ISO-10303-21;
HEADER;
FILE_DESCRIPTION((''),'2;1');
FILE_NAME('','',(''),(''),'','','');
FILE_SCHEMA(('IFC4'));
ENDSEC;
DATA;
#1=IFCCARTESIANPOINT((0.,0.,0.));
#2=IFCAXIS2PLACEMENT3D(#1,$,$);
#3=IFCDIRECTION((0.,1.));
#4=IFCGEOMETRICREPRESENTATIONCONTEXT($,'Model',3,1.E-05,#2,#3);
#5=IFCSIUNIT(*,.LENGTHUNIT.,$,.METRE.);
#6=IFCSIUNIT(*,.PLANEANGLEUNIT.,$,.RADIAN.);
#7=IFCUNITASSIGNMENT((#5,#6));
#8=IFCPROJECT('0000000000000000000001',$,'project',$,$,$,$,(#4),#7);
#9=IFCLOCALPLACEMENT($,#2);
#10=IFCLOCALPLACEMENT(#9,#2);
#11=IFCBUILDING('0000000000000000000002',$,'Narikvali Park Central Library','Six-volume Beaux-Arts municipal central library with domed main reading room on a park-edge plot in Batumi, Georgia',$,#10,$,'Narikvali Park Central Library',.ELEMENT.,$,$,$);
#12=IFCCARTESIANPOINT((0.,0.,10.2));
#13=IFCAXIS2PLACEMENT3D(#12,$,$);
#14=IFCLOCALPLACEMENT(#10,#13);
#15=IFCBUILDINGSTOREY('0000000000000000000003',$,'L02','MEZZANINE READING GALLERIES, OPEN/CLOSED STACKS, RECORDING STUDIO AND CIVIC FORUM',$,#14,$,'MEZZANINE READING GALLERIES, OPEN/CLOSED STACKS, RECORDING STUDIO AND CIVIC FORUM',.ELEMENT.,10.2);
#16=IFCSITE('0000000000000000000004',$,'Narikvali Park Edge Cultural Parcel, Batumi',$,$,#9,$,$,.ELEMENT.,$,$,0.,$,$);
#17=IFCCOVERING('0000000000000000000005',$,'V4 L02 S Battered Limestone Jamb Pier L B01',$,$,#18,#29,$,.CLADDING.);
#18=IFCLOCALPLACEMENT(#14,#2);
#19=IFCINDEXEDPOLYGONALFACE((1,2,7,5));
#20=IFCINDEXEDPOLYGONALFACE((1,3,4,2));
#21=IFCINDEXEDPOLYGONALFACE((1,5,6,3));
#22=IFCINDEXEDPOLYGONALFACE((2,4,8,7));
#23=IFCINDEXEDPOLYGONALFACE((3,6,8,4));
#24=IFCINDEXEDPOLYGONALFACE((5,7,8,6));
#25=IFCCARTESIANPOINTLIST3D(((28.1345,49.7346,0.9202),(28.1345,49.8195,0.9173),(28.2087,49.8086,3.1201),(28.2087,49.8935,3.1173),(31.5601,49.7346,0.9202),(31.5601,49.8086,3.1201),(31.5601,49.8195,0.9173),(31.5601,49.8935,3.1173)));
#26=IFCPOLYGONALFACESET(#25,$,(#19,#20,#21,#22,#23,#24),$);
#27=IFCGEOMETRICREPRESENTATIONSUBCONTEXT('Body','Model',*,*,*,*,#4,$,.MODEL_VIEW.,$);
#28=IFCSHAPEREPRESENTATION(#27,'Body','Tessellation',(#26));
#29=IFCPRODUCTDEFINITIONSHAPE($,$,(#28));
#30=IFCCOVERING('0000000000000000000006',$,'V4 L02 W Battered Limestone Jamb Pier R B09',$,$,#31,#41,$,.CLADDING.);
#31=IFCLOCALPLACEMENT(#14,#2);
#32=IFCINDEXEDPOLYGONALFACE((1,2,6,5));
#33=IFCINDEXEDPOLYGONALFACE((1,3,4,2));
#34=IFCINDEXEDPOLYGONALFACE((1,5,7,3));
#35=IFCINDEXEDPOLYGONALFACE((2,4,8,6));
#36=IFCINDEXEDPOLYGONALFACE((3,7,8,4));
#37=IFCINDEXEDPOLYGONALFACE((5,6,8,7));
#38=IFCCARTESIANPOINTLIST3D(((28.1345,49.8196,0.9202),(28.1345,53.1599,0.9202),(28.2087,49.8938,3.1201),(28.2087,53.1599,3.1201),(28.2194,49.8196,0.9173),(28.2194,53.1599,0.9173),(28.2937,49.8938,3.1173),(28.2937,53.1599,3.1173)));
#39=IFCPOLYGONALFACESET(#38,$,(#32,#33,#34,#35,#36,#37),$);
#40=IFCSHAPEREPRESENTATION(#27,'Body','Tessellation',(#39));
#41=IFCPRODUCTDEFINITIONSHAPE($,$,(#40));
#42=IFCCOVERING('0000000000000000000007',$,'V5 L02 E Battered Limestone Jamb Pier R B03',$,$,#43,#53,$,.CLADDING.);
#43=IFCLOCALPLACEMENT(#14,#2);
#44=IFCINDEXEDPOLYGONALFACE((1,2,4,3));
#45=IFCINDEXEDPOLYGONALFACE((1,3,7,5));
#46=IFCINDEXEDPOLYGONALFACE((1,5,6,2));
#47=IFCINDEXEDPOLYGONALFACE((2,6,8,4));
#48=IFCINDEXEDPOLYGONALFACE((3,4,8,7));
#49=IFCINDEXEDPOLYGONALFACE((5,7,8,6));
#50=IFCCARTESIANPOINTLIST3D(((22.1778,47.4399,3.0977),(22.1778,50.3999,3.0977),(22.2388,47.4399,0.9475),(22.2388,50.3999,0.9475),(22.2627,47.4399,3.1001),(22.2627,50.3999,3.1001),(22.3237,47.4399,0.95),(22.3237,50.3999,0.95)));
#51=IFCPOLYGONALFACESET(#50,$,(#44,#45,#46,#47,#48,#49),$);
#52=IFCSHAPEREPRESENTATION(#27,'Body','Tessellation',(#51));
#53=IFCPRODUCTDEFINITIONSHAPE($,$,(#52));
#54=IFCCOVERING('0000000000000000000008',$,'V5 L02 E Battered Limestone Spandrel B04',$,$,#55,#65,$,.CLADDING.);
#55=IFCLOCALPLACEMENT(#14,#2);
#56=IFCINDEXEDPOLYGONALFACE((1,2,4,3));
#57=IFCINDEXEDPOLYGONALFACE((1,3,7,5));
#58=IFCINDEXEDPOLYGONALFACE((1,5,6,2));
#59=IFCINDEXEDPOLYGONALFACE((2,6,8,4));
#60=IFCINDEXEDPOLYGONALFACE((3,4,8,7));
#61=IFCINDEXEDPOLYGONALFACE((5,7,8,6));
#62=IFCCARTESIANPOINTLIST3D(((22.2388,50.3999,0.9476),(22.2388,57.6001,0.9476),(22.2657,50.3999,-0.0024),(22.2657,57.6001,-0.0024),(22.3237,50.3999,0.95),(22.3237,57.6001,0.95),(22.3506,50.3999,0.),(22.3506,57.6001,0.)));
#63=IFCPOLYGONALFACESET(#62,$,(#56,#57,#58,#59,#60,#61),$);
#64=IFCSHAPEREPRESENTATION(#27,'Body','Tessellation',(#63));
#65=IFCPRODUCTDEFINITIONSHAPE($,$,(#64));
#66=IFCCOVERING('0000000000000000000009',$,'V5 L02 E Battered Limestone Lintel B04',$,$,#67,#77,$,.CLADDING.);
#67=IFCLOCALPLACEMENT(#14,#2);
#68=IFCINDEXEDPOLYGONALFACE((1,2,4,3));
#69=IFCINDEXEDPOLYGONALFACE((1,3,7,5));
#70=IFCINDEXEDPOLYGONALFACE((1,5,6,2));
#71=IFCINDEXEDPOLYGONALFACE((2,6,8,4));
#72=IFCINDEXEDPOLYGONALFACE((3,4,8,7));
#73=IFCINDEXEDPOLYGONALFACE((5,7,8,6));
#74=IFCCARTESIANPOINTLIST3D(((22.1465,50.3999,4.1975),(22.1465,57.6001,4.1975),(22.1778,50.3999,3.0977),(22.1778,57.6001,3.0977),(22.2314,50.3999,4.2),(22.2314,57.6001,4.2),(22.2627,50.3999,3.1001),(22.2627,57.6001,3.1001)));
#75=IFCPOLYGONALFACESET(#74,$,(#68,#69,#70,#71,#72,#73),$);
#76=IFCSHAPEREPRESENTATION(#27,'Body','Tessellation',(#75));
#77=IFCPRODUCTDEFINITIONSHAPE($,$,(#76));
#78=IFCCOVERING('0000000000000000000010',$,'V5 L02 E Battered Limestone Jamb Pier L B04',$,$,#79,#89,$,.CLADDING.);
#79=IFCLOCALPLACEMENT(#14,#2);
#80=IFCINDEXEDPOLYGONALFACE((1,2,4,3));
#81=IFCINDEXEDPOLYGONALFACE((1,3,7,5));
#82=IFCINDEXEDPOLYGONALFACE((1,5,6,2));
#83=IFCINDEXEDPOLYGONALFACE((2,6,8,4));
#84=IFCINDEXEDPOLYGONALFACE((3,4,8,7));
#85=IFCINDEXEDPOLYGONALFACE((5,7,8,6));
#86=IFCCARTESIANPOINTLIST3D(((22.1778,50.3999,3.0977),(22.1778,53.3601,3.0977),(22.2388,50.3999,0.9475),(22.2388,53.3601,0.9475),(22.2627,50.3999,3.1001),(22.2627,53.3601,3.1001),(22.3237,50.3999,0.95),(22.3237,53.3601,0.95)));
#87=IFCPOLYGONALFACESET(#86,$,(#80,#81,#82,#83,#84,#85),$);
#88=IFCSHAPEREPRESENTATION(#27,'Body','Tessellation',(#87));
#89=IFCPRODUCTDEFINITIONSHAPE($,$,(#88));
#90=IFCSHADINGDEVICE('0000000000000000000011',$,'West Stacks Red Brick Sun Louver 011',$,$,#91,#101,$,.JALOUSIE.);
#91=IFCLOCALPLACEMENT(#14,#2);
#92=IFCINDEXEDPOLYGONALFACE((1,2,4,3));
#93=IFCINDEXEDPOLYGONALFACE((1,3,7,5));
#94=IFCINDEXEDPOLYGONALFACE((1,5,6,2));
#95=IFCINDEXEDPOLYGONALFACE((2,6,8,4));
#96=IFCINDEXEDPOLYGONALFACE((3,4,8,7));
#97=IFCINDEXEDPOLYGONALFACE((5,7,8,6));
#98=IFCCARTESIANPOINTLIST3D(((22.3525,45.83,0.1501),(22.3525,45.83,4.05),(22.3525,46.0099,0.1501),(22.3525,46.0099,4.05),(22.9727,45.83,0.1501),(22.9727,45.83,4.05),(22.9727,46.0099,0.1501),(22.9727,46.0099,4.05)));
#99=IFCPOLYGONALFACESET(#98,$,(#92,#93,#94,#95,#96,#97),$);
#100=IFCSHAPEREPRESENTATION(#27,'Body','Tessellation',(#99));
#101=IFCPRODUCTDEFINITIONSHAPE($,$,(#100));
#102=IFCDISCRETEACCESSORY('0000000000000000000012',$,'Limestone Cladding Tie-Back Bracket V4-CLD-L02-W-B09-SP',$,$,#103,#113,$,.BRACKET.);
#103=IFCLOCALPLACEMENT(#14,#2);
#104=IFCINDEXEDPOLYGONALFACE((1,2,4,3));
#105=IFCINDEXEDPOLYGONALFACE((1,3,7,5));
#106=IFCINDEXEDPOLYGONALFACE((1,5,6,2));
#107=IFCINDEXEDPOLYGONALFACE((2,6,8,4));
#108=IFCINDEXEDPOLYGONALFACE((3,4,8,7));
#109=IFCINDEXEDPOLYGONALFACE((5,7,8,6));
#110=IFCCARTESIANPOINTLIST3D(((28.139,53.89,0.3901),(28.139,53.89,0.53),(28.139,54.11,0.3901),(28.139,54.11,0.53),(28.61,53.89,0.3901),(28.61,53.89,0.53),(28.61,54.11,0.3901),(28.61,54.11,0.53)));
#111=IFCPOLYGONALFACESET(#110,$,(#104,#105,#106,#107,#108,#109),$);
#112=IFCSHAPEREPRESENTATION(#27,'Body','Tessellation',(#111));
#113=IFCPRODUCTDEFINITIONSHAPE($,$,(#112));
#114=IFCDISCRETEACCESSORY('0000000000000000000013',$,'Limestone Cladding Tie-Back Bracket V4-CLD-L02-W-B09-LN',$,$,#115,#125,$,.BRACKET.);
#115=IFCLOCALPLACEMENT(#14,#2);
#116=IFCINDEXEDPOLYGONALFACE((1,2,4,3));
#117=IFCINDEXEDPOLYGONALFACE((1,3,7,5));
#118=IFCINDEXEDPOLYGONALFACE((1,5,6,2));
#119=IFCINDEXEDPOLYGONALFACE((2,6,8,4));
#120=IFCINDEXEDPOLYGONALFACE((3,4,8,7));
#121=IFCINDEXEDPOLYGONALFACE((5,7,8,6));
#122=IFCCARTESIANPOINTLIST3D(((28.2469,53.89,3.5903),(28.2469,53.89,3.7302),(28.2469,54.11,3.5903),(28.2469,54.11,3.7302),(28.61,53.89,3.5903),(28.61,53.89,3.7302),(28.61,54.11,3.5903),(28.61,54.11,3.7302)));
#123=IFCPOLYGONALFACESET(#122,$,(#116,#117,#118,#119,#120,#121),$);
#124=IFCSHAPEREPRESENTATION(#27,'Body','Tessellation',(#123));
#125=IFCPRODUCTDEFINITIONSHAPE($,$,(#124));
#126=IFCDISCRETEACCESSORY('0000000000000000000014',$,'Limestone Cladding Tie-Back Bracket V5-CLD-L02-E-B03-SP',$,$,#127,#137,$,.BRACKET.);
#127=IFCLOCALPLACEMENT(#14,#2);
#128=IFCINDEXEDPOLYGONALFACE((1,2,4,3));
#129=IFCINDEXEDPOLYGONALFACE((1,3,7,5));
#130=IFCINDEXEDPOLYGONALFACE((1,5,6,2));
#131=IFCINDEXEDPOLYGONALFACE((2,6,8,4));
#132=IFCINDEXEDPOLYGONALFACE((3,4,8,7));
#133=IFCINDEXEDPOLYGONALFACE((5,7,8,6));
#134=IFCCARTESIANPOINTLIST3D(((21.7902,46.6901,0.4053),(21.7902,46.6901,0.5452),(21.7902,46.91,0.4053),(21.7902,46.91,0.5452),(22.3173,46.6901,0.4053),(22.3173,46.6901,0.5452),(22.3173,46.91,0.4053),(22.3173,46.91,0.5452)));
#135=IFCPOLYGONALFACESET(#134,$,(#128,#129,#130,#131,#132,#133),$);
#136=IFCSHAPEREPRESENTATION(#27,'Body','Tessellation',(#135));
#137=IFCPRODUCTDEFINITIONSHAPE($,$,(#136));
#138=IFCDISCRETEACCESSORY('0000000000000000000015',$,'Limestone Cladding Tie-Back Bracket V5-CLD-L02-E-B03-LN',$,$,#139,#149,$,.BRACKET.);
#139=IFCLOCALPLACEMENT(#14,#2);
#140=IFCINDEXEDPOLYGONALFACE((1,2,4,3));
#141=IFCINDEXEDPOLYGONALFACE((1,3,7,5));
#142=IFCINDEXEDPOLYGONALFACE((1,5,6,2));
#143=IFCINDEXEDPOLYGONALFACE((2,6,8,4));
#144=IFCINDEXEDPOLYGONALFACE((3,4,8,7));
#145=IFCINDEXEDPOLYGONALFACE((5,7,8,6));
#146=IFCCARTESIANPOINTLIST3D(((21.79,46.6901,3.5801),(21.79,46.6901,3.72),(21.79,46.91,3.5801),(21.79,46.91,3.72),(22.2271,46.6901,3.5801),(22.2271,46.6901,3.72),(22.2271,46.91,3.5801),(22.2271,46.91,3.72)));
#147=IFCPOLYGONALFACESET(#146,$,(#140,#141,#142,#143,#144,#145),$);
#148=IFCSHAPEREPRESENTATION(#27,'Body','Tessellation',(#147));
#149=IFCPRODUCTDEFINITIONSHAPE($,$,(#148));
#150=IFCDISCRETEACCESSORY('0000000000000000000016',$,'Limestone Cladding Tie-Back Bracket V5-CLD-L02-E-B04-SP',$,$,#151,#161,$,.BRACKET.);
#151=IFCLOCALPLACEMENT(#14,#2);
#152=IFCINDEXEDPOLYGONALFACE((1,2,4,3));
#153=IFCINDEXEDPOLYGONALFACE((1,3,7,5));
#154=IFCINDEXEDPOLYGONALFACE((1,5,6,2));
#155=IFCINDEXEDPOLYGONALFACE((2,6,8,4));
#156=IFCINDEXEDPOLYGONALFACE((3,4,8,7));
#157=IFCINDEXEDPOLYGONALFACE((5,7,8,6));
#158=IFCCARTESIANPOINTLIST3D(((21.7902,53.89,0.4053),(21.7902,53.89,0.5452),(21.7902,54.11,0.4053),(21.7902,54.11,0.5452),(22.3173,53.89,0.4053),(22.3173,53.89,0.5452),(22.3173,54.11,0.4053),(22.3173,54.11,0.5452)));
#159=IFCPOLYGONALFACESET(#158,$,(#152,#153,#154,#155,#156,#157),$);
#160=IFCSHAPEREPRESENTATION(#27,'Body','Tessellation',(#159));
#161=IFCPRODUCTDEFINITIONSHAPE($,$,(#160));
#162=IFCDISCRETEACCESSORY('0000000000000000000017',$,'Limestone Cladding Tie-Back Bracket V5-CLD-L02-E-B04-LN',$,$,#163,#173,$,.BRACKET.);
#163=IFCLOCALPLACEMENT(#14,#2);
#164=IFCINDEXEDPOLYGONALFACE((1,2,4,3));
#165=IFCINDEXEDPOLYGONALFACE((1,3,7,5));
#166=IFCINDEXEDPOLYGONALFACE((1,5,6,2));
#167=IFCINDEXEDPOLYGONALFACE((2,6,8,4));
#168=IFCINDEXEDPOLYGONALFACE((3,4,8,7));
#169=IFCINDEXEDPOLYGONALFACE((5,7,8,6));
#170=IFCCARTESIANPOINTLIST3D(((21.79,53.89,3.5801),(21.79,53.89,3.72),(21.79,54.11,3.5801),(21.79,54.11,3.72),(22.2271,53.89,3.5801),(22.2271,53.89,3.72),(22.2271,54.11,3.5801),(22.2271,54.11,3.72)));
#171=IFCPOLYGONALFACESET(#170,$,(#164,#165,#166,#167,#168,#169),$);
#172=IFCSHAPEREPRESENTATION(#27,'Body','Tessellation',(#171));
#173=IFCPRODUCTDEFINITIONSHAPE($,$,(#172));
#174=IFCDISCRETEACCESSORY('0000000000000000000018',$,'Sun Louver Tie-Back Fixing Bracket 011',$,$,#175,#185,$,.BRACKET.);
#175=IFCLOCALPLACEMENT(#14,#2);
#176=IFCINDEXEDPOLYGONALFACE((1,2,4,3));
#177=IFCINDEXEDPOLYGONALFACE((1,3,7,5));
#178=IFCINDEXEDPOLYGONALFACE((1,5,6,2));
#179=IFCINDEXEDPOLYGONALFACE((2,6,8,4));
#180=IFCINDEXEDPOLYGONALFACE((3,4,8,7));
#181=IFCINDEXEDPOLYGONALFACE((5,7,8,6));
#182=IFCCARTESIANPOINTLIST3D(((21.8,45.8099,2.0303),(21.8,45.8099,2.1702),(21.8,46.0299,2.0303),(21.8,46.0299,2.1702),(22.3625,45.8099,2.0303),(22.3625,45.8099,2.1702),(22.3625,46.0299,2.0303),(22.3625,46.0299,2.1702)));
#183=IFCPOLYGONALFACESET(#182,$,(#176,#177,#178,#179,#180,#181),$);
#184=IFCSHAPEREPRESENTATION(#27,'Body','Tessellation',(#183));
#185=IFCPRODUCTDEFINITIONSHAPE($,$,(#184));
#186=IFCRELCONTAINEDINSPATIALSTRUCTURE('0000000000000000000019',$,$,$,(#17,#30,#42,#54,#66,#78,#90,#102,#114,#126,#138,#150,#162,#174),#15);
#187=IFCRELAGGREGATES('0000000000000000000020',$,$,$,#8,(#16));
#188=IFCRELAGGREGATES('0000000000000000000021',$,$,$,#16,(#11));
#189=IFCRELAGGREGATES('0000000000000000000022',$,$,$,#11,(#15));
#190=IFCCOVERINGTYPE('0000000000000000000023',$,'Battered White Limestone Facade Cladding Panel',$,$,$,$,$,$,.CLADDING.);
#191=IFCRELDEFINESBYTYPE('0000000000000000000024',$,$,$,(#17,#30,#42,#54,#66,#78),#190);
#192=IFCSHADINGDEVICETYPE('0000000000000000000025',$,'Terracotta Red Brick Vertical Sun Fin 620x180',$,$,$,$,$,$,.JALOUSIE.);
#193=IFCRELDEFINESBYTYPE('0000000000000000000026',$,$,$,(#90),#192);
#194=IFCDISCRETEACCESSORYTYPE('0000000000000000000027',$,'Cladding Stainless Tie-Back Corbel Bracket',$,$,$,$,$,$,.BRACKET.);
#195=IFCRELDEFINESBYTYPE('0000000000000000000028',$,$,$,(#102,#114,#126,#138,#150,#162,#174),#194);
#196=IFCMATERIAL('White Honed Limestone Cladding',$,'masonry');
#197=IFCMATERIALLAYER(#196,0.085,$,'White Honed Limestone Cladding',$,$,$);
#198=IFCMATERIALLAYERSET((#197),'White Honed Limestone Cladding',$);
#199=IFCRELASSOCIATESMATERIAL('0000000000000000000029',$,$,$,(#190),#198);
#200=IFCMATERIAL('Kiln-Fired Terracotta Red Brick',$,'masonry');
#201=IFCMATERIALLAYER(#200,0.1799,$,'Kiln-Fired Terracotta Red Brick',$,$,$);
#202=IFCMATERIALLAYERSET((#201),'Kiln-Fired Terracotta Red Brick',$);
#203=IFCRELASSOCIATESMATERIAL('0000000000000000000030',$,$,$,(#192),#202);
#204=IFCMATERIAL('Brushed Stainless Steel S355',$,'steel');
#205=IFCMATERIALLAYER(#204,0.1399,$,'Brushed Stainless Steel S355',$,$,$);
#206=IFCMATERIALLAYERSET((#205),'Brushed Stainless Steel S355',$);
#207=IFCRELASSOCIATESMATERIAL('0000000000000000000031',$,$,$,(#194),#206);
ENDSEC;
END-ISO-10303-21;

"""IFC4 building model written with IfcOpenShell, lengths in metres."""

from ifc_helpers import new_model, si_unit, direction, frame, origin, origin_2d, place, context, subcontext, project, spatial, polyline, rectangle, outline, extrude, material, layer, layer_set, type_object, element, save


model = new_model("IFC4")

# Units and contexts
model_context = context("Model", 3, precision=1e-05, world=origin(), true_north=direction((0.0, 1.0)))
body_context = subcontext(model_context, "Body", "Model", "MODEL_VIEW")
ifc_project = project(units=[si_unit("LENGTHUNIT", "METRE"), si_unit("PLANEANGLEUNIT", "RADIAN")], contexts=[model_context])

# Site, building, storey
site_placement = place(None, origin())
site = spatial("IfcSite", under=ifc_project, at=site_placement, Name="Narikvali Park Edge Cultural Parcel, Batumi", CompositionType="ELEMENT", RefElevation=0.0)
building_placement = place(site_placement, origin())
building = spatial("IfcBuilding", under=site, at=building_placement, Name="Narikvali Park Central Library", Description="Six-volume Beaux-Arts municipal central library with domed main reading room on a park-edge plot in Batumi, Georgia", LongName="Narikvali Park Central Library", CompositionType="ELEMENT")
storey_placement = place(building_placement, frame((0.0, 0.0, 10.2)))
storey = spatial("IfcBuildingStorey", under=building, at=storey_placement, Name="L02", Description="MEZZANINE READING GALLERIES, OPEN/CLOSED STACKS, RECORDING STUDIO AND CIVIC FORUM", LongName="MEZZANINE READING GALLERIES, OPEN/CLOSED STACKS, RECORDING STUDIO AND CIVIC FORUM", CompositionType="ELEMENT", Elevation=10.2)

# Coverings
ifc_material_1 = material(Name="White Honed Limestone Cladding", Category="masonry")
ifc_layer_1 = layer(ifc_material_1, 0.085, Name="White Honed Limestone Cladding")
ifc_layer_set_1 = layer_set([ifc_layer_1], Name="White Honed Limestone Cladding")
covering_type = type_object("IfcCoveringType", Name="Battered White Limestone Facade Cladding Panel", PredefinedType="CLADDING", material=ifc_layer_set_1)
covering_1_placement = place(storey_placement, frame((28.1345, 49.7346, 0.9202), z_axis=(0.0, -0.999435, 0.033607), x_axis=(1.0, 0.0, 0.0)))
element("IfcCovering", 1, at=covering_1_placement, inside=storey, type_object=covering_type, Name="V4 L02 S Battered Limestone Jamb Pier L B01", PredefinedType="CLADDING", context=body_context, shape_type="SweptSolid", body=[
    extrude(outline(polyline([(0.0, 0.0), (3.4255, 0.0), (3.4255, 2.2012), (0.0742, 2.2012), (0.0, 0.0)])), origin(), (0.0, 0.0, -1.0), 0.085),
])
covering_2_placement = place(storey_placement, frame((28.1345, 53.1599, 0.9202), z_axis=(-0.999431, 0.0, 0.033717), x_axis=(0.0, -1.0, 0.0)))
element("IfcCovering", 2, at=covering_2_placement, inside=storey, type_object=covering_type, Name="V4 L02 W Battered Limestone Jamb Pier R B09", PredefinedType="CLADDING", context=body_context, shape_type="SweptSolid", body=[
    extrude(outline(polyline([(0.0, 0.0), (3.3403, 0.0), (3.2661, 2.2012), (0.0, 2.2012), (0.0, 0.0)])), origin(), (0.0, 0.0, -1.0), 0.085),
])
covering_3_placement = place(storey_placement, frame((22.3237, 47.4399, 0.95), z_axis=(0.999597, 0.0, 0.028375), x_axis=(0.0, 1.0, 0.0)))
element("IfcCovering", 3, at=covering_3_placement, inside=storey, type_object=covering_type, Name="V5 L02 E Battered Limestone Jamb Pier R B03", PredefinedType="CLADDING", context=body_context, shape_type="SweptSolid", body=[
    extrude(outline(polyline([(0.0, 0.0), (2.96, 0.0), (2.96, 2.151), (0.0, 2.151), (0.0, 0.0)])), origin(), (0.0, 0.0, -1.0), 0.085),
])
covering_4_placement = place(storey_placement, frame((22.3506, 50.3999, 0.0), z_axis=(0.999601, 0.0, 0.028259), x_axis=(0.0, 1.0, 0.0)))
element("IfcCovering", 4, at=covering_4_placement, inside=storey, type_object=covering_type, Name="V5 L02 E Battered Limestone Spandrel B04", PredefinedType="CLADDING", context=body_context, shape_type="SweptSolid", body=[
    extrude(outline(polyline([(0.0, 0.0), (7.2002, 0.0), (7.2002, 0.9503), (0.0, 0.9503), (0.0, 0.0)])), origin(), (0.0, 0.0, -1.0), 0.085),
])
covering_5_placement = place(storey_placement, frame((22.2627, 50.3999, 3.1001), z_axis=(0.999597, 0.0, 0.028401), x_axis=(0.0, 1.0, 0.0)))
element("IfcCovering", 5, at=covering_5_placement, inside=storey, type_object=covering_type, Name="V5 L02 E Battered Limestone Lintel B04", PredefinedType="CLADDING", context=body_context, shape_type="SweptSolid", body=[
    extrude(outline(polyline([(0.0, 0.0), (7.2002, 0.0), (7.2002, 1.1003), (0.0, 1.1003), (0.0, 0.0)])), origin(), (0.0, 0.0, -1.0), 0.085),
])
covering_6_placement = place(storey_placement, frame((22.3237, 50.3999, 0.95), z_axis=(0.999597, 0.0, 0.028375), x_axis=(0.0, 1.0, 0.0)))
element("IfcCovering", 6, at=covering_6_placement, inside=storey, type_object=covering_type, Name="V5 L02 E Battered Limestone Jamb Pier L B04", PredefinedType="CLADDING", context=body_context, shape_type="SweptSolid", body=[
    extrude(outline(polyline([(0.0, 0.0), (2.9602, 0.0), (2.9602, 2.151), (0.0, 2.151), (0.0, 0.0)])), origin(), (0.0, 0.0, -1.0), 0.085),
])

# Shading device
ifc_material_2 = material(Name="Kiln-Fired Terracotta Red Brick", Category="masonry")
ifc_layer_2 = layer(ifc_material_2, 0.1799, Name="Kiln-Fired Terracotta Red Brick")
ifc_layer_set_2 = layer_set([ifc_layer_2], Name="Kiln-Fired Terracotta Red Brick")
shading_device_type = type_object("IfcShadingDeviceType", Name="Terracotta Red Brick Vertical Sun Fin 620x180", PredefinedType="JALOUSIE", material=ifc_layer_set_2)
shading_device_placement = place(storey_placement, frame((22.6626, 45.9199, 0.1501), z_axis=(0.0, 0.0, 1.0), x_axis=(1.0, 0.0, 0.0)))
element("IfcShadingDevice", 7, at=shading_device_placement, inside=storey, type_object=shading_device_type, Name="West Stacks Red Brick Sun Louver 011", PredefinedType="JALOUSIE", context=body_context, shape_type="SweptSolid", body=[
    extrude(rectangle(XDim=0.6201, YDim=0.1799, at=origin_2d()), origin(), (0.0, 0.0, 1.0), 3.8999),
])

# Discrete accessories
ifc_material_3 = material(Name="Brushed Stainless Steel S355", Category="steel")
ifc_layer_3 = layer(ifc_material_3, 0.1399, Name="Brushed Stainless Steel S355")
ifc_layer_set_3 = layer_set([ifc_layer_3], Name="Brushed Stainless Steel S355")
discrete_accessory_type = type_object("IfcDiscreteAccessoryType", Name="Cladding Stainless Tie-Back Corbel Bracket", PredefinedType="BRACKET", material=ifc_layer_set_3)
discrete_accessory_1_placement = place(storey_placement, frame((28.3745, 54.0, 0.3901), z_axis=(0.0, 0.0, 1.0), x_axis=(1.0, 0.0, 0.0)))
element("IfcDiscreteAccessory", 8, at=discrete_accessory_1_placement, inside=storey, type_object=discrete_accessory_type, Name="Limestone Cladding Tie-Back Bracket V4-CLD-L02-W-B09-SP", PredefinedType="BRACKET", context=body_context, shape_type="SweptSolid", body=[
    extrude(rectangle(XDim=0.4709, YDim=0.22, at=origin_2d()), origin(), (0.0, 0.0, 1.0), 0.1399),
])
discrete_accessory_2_placement = place(storey_placement, frame((28.4285, 54.0, 3.5903), z_axis=(0.0, 0.0, 1.0), x_axis=(1.0, 0.0, 0.0)))
element("IfcDiscreteAccessory", 9, at=discrete_accessory_2_placement, inside=storey, type_object=discrete_accessory_type, Name="Limestone Cladding Tie-Back Bracket V4-CLD-L02-W-B09-LN", PredefinedType="BRACKET", context=body_context, shape_type="SweptSolid", body=[
    extrude(rectangle(XDim=0.363, YDim=0.22, at=origin_2d()), origin(), (0.0, 0.0, 1.0), 0.1399),
])
discrete_accessory_3_placement = place(storey_placement, frame((22.0537, 46.8, 0.4053), z_axis=(0.0, 0.0, 1.0), x_axis=(1.0, 0.0, 0.0)))
element("IfcDiscreteAccessory", 10, at=discrete_accessory_3_placement, inside=storey, type_object=discrete_accessory_type, Name="Limestone Cladding Tie-Back Bracket V5-CLD-L02-E-B03-SP", PredefinedType="BRACKET", context=body_context, shape_type="SweptSolid", body=[
    extrude(rectangle(XDim=0.5271, YDim=0.22, at=origin_2d()), origin(), (0.0, 0.0, 1.0), 0.1399),
])
discrete_accessory_4_placement = place(storey_placement, frame((22.0085, 46.8, 3.5801), z_axis=(0.0, 0.0, 1.0), x_axis=(1.0, 0.0, 0.0)))
element("IfcDiscreteAccessory", 11, at=discrete_accessory_4_placement, inside=storey, type_object=discrete_accessory_type, Name="Limestone Cladding Tie-Back Bracket V5-CLD-L02-E-B03-LN", PredefinedType="BRACKET", context=body_context, shape_type="SweptSolid", body=[
    extrude(rectangle(XDim=0.437, YDim=0.22, at=origin_2d()), origin(), (0.0, 0.0, 1.0), 0.1399),
])
discrete_accessory_5_placement = place(storey_placement, frame((22.0537, 54.0, 0.4053), z_axis=(0.0, 0.0, 1.0), x_axis=(1.0, 0.0, 0.0)))
element("IfcDiscreteAccessory", 12, at=discrete_accessory_5_placement, inside=storey, type_object=discrete_accessory_type, Name="Limestone Cladding Tie-Back Bracket V5-CLD-L02-E-B04-SP", PredefinedType="BRACKET", context=body_context, shape_type="SweptSolid", body=[
    extrude(rectangle(XDim=0.5271, YDim=0.22, at=origin_2d()), origin(), (0.0, 0.0, 1.0), 0.1399),
])
discrete_accessory_6_placement = place(storey_placement, frame((22.0085, 54.0, 3.5801), z_axis=(0.0, 0.0, 1.0), x_axis=(1.0, 0.0, 0.0)))
element("IfcDiscreteAccessory", 13, at=discrete_accessory_6_placement, inside=storey, type_object=discrete_accessory_type, Name="Limestone Cladding Tie-Back Bracket V5-CLD-L02-E-B04-LN", PredefinedType="BRACKET", context=body_context, shape_type="SweptSolid", body=[
    extrude(rectangle(XDim=0.437, YDim=0.22, at=origin_2d()), origin(), (0.0, 0.0, 1.0), 0.1399),
])
discrete_accessory_7_placement = place(storey_placement, frame((22.0813, 45.9199, 2.0303), z_axis=(0.0, 0.0, 1.0), x_axis=(1.0, 0.0, 0.0)))
element("IfcDiscreteAccessory", 14, at=discrete_accessory_7_placement, inside=storey, type_object=discrete_accessory_type, Name="Sun Louver Tie-Back Fixing Bracket 011", PredefinedType="BRACKET", context=body_context, shape_type="SweptSolid", body=[
    extrude(rectangle(XDim=0.5625, YDim=0.22, at=origin_2d()), origin(), (0.0, 0.0, 1.0), 0.1399),
])

save(model, "model.ifc")
